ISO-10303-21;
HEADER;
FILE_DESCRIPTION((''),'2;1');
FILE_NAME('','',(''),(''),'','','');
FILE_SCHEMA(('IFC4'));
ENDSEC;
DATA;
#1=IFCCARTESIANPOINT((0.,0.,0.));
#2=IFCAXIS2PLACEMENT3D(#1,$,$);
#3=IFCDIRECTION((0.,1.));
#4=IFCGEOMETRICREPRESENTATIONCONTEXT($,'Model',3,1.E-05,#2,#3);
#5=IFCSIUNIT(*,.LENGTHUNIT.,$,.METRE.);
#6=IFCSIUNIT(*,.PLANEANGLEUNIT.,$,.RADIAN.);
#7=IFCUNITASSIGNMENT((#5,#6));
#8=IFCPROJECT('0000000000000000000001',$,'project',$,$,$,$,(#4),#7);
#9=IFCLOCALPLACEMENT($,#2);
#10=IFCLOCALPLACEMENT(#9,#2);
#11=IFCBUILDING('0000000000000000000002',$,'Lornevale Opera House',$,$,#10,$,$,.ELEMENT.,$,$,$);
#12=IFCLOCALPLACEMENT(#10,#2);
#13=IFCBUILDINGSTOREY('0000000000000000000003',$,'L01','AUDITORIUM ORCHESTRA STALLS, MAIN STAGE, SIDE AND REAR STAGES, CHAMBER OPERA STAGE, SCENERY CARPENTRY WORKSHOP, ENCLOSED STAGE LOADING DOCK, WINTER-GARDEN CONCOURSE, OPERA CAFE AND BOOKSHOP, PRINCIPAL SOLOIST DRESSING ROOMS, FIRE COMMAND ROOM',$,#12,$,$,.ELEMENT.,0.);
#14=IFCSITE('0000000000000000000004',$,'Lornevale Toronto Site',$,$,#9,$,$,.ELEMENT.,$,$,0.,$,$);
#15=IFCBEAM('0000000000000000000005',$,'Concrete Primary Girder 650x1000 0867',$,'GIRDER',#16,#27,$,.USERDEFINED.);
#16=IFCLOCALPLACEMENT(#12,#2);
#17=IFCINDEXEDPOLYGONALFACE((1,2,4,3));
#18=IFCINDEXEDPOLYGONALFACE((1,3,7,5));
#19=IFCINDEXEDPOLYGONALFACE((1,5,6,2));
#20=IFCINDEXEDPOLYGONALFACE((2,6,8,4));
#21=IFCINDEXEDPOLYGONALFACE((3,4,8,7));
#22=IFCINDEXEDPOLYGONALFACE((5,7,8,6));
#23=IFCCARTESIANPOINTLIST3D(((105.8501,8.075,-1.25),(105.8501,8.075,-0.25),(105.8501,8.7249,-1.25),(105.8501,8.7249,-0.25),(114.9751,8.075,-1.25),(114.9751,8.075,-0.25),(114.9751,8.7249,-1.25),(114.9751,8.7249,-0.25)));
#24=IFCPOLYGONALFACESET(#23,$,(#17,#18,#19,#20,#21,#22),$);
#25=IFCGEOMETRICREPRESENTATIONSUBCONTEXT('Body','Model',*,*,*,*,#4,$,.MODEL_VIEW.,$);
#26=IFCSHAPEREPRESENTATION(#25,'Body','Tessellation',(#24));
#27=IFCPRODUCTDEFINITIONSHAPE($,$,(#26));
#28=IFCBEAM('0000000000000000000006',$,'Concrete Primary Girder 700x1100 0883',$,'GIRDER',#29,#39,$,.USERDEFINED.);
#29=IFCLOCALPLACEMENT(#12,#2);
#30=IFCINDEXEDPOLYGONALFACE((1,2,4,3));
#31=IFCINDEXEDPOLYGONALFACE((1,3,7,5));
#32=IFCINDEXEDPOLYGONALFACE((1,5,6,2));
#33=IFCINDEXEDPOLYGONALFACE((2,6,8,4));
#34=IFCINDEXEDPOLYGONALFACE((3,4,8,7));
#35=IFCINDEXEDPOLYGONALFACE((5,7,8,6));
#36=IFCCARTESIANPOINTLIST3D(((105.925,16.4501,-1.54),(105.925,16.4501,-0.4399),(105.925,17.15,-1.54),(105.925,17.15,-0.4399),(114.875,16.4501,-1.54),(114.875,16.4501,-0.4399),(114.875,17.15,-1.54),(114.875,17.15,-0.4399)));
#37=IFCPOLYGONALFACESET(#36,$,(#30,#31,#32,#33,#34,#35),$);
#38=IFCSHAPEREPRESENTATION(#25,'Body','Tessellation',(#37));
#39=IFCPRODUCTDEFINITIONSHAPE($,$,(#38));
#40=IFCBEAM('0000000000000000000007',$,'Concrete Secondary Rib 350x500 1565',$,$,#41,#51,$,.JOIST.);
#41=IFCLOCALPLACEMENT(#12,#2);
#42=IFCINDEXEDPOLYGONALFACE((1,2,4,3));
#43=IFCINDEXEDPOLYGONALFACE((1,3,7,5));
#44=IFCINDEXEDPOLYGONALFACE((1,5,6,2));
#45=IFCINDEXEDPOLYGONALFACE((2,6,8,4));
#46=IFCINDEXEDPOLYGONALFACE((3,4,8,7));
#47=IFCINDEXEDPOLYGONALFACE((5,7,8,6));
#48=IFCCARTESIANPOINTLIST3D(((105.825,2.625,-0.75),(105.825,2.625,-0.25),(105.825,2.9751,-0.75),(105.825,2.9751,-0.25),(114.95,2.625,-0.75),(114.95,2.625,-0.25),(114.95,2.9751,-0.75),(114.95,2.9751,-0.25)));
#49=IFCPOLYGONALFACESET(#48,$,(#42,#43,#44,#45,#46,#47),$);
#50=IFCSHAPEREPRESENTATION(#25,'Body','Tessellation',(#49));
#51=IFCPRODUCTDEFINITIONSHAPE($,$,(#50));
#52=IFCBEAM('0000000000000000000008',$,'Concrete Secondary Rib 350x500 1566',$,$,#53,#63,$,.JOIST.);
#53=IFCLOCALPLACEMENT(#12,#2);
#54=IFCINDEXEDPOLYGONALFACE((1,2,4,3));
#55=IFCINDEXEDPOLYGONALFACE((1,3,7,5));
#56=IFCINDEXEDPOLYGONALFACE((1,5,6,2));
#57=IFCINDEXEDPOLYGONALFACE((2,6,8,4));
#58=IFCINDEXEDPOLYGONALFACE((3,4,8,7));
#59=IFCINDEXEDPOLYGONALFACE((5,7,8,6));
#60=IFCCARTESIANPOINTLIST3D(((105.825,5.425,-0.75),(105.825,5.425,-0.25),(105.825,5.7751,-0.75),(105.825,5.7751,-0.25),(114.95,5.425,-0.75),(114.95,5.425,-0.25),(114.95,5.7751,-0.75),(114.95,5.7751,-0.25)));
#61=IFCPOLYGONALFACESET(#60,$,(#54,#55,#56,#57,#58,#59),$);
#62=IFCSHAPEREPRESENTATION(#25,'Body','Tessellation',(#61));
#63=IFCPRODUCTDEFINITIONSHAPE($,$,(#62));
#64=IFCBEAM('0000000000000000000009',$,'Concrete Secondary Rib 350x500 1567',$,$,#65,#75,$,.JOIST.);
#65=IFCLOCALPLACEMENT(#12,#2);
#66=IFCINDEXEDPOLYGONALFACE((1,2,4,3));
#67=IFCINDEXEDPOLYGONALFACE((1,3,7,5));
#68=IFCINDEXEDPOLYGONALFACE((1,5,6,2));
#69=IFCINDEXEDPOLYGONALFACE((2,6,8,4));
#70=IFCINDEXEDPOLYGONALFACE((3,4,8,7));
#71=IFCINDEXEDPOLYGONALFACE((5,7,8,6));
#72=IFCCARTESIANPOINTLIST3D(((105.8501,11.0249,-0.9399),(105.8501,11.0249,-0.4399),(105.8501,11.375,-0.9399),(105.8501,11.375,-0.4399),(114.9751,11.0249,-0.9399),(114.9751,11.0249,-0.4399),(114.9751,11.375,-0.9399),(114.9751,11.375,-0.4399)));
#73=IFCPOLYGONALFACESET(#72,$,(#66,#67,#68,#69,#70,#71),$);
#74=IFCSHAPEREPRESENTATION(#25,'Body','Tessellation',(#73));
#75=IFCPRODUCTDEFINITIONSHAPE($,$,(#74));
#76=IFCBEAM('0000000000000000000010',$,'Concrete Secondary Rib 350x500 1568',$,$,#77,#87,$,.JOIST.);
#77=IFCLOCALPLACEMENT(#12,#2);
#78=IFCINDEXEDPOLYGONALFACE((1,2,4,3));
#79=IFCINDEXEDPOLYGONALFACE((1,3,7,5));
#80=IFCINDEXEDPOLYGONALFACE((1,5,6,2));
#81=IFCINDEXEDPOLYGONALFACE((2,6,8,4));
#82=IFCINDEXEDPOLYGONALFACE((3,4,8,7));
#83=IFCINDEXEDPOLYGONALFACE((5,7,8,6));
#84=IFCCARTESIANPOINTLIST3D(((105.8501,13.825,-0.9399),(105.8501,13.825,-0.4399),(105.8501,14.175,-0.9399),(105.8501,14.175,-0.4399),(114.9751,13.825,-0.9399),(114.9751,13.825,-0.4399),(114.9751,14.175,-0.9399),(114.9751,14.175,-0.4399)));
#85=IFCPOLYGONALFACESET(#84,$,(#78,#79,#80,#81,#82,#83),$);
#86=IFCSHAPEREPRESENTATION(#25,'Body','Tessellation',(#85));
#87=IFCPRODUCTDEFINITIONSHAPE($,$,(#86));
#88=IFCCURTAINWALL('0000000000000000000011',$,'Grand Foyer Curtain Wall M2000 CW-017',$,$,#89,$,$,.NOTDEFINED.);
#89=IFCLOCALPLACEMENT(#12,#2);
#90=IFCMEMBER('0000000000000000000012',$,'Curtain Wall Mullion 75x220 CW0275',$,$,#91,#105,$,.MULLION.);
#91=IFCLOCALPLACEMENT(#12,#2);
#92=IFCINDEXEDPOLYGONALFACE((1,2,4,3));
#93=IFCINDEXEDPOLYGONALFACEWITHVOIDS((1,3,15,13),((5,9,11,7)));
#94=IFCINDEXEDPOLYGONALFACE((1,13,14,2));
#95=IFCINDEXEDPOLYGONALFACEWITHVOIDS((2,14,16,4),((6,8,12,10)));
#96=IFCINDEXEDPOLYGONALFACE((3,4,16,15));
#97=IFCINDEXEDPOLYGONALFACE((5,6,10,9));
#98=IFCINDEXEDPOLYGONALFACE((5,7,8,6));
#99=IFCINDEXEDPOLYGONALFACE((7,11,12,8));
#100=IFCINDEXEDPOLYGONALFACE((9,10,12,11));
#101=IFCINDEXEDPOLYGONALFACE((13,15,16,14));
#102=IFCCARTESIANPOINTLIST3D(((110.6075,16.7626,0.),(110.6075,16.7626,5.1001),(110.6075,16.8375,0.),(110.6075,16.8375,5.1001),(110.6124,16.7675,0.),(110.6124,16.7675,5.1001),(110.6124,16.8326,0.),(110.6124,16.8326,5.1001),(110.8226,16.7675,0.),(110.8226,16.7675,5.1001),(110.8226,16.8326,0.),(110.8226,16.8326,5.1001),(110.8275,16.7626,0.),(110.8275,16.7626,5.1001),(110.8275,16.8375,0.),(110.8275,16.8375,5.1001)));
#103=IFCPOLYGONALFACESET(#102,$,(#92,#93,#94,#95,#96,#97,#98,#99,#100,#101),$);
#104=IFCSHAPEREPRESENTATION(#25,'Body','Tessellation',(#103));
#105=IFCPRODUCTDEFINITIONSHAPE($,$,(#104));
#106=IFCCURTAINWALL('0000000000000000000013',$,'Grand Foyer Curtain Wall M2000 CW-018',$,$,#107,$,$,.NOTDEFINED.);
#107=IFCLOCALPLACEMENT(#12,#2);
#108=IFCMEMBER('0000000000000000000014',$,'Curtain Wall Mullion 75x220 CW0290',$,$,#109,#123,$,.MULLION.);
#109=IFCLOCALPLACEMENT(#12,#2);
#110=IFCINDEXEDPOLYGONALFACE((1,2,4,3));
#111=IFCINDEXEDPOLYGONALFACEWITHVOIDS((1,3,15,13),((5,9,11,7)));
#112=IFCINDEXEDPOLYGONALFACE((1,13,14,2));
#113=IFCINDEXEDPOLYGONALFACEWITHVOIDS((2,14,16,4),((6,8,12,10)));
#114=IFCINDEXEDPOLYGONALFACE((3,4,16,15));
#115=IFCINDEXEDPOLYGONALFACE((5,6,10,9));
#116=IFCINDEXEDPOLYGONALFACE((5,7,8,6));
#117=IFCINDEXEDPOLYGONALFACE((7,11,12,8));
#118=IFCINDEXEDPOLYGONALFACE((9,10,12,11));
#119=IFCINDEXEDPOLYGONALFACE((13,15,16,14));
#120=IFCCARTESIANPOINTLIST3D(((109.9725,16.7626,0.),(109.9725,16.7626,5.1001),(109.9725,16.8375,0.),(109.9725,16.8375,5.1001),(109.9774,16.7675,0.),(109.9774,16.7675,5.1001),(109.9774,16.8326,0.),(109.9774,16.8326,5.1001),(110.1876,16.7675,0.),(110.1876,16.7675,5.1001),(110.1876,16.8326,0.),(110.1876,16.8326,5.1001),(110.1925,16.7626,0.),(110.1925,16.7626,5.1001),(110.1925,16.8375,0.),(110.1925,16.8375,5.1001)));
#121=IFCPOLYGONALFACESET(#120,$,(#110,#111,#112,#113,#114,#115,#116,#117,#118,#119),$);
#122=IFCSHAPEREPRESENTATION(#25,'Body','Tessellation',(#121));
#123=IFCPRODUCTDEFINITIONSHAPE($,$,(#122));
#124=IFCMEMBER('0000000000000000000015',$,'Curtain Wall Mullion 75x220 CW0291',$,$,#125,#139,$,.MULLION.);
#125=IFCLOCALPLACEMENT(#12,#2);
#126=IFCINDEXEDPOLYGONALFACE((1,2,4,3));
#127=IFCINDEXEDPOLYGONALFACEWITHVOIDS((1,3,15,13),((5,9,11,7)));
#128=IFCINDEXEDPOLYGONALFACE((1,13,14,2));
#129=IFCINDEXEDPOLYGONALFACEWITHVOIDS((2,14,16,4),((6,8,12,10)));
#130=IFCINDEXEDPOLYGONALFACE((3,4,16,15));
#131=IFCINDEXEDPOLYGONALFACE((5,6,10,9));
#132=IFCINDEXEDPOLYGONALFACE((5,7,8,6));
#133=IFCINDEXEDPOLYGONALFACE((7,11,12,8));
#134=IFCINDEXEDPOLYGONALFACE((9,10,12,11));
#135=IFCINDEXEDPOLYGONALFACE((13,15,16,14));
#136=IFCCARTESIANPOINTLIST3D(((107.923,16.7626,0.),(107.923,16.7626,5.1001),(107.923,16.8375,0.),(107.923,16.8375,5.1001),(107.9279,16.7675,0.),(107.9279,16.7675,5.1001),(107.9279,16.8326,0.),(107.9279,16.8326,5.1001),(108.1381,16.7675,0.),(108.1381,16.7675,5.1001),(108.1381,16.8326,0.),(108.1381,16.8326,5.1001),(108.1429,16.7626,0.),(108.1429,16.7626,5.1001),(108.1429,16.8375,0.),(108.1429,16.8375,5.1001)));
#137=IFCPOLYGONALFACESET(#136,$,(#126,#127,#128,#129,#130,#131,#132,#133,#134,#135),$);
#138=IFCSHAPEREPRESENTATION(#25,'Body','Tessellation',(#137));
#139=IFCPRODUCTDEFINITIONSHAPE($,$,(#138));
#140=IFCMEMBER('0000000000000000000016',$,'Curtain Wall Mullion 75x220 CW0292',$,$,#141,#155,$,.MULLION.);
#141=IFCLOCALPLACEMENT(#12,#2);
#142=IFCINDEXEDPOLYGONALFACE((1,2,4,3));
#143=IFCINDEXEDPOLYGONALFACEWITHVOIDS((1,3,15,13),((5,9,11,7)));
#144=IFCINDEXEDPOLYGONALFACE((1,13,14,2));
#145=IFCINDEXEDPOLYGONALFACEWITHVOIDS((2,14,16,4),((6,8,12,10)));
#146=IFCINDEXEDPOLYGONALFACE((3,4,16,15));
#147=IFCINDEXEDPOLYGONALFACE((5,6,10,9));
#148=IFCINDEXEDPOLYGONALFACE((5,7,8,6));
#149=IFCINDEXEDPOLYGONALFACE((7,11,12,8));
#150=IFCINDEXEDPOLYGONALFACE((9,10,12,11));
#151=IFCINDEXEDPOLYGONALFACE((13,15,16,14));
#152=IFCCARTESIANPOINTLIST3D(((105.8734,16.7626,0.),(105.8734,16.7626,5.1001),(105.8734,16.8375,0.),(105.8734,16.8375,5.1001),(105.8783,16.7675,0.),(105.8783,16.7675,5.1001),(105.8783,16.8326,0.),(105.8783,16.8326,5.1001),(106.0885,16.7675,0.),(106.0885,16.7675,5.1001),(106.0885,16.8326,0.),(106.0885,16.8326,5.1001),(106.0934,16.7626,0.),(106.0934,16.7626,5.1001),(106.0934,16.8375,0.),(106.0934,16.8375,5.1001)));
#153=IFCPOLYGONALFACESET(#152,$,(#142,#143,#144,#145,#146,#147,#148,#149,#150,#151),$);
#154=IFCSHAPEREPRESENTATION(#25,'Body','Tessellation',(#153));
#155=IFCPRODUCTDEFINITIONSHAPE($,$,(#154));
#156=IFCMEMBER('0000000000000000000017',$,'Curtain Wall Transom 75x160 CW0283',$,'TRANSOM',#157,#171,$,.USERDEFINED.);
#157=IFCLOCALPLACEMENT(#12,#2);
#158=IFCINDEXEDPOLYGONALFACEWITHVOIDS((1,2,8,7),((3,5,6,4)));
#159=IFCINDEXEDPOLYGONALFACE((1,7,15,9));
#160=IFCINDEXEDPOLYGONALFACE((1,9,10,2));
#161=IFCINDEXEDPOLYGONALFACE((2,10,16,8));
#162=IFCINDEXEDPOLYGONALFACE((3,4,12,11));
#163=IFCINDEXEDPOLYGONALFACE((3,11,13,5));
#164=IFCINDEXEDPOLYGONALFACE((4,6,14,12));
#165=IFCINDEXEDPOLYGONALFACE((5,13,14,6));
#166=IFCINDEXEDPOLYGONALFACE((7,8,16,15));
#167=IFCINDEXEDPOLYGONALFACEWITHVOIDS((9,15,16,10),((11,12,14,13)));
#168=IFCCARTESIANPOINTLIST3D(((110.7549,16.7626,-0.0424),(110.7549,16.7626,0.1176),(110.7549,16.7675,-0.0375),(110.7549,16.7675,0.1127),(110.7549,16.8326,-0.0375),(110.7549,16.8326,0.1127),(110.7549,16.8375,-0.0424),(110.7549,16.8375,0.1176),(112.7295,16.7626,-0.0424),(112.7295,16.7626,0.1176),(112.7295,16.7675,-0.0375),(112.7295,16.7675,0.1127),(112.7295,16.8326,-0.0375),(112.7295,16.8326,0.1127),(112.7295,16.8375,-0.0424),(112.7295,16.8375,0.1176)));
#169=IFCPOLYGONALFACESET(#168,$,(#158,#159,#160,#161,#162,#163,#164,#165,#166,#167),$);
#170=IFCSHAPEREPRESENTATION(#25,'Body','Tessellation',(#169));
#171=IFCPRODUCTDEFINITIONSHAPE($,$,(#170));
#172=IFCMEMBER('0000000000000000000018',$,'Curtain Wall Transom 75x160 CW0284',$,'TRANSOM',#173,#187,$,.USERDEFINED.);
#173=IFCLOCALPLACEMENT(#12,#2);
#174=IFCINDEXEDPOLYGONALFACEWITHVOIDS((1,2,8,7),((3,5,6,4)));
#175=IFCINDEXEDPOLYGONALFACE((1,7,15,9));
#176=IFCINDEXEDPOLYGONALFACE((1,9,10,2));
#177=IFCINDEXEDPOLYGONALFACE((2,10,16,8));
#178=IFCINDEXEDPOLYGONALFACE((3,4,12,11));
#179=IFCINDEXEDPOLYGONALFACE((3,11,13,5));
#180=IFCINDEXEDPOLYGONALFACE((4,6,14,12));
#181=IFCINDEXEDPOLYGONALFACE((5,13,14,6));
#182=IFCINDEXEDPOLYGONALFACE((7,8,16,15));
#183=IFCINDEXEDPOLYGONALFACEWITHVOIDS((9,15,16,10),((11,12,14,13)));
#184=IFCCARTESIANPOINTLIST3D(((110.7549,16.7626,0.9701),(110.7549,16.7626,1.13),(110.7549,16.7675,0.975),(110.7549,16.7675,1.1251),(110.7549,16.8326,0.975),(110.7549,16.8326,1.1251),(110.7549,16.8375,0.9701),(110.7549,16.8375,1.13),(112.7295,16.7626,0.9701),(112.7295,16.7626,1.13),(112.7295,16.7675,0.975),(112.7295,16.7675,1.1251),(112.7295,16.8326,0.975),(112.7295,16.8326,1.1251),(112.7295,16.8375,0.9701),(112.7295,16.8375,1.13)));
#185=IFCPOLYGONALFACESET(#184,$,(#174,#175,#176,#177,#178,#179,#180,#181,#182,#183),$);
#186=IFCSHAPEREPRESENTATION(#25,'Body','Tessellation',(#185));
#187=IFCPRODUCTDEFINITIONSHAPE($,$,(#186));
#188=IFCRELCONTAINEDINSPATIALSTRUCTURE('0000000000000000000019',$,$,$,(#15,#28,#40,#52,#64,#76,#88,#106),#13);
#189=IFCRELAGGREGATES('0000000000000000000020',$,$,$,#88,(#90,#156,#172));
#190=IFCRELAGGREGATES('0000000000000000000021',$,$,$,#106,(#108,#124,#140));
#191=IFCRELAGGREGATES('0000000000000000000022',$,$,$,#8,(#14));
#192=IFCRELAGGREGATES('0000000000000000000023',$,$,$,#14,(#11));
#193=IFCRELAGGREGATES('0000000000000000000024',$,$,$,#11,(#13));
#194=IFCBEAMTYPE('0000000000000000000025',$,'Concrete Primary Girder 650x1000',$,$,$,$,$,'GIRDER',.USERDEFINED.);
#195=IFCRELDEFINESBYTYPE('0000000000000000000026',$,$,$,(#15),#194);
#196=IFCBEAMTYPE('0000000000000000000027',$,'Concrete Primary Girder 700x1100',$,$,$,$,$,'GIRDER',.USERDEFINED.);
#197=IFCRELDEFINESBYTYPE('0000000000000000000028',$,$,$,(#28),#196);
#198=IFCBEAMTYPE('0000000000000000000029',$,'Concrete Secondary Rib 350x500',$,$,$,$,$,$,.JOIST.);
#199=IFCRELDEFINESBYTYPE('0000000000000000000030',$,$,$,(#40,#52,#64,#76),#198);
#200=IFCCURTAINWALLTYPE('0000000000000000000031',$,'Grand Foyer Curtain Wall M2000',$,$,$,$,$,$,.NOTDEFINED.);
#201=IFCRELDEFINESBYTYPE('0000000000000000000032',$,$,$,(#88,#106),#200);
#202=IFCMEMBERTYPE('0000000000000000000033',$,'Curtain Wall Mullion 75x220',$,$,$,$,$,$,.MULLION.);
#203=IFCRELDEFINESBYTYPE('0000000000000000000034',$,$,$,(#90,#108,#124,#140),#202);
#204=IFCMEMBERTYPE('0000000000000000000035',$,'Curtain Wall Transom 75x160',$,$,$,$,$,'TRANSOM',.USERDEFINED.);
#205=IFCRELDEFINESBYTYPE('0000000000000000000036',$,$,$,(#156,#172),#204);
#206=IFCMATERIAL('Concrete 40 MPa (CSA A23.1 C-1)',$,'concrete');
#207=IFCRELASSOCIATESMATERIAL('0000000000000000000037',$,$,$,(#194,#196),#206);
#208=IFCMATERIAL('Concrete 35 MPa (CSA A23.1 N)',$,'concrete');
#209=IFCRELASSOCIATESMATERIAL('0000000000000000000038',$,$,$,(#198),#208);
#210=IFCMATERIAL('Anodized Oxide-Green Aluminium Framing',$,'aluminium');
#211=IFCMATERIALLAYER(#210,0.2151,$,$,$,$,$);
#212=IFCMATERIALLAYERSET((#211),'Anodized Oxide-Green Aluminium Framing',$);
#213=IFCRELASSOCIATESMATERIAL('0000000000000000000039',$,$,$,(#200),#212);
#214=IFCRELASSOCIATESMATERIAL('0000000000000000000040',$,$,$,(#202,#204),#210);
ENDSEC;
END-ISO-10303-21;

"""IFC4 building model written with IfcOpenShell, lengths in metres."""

from ifc_helpers import new_model, si_unit, direction, frame, origin, origin_2d, place, context, subcontext, project, spatial, rectangle, hollow_rectangle, extrude, material, layer, layer_set, material_profile, profile_set, type_object, element, aggregate, save


model = new_model("IFC4")

# Units and contexts
model_context = context("Model", 3, precision=1e-05, world=origin(), true_north=direction((0.0, 1.0)))
body_context = subcontext(model_context, "Body", "Model", "MODEL_VIEW")
ifc_project = project(units=[si_unit("LENGTHUNIT", "METRE"), si_unit("PLANEANGLEUNIT", "RADIAN")], contexts=[model_context])

# Site, building, storey
site_placement = place(None, origin())
site = spatial("IfcSite", under=ifc_project, at=site_placement, Name="Lornevale Toronto Site", CompositionType="ELEMENT", RefElevation=0.0)
building_placement = place(site_placement, origin())
building = spatial("IfcBuilding", under=site, at=building_placement, Name="Lornevale Opera House", CompositionType="ELEMENT")
storey_placement = place(building_placement, origin())
storey = spatial("IfcBuildingStorey", under=building, at=storey_placement, Name="L01", Description="AUDITORIUM ORCHESTRA STALLS, MAIN STAGE, SIDE AND REAR STAGES, CHAMBER OPERA STAGE, SCENERY CARPENTRY WORKSHOP, ENCLOSED STAGE LOADING DOCK, WINTER-GARDEN CONCOURSE, OPERA CAFE AND BOOKSHOP, PRINCIPAL SOLOIST DRESSING ROOMS, FIRE COMMAND ROOM", CompositionType="ELEMENT", Elevation=0.0)

# Beams
ifc_material_1 = material(Name="Concrete 40 MPa (CSA A23.1 C-1)", Category="concrete")
ifc_material_profile_1 = material_profile(ifc_material_1, rectangle(XDim=0.6499, YDim=1.0, at=origin_2d()), Name="RC650x1000")
ifc_profile_set_1 = profile_set([ifc_material_profile_1], Name="Concrete 40 MPa (CSA A23.1 C-1)")
beam_type_1 = type_object("IfcBeamType", Name="Concrete Primary Girder 650x1000", ElementType="GIRDER", PredefinedType="USERDEFINED", material=ifc_profile_set_1)
beam_1_placement = place(storey_placement, frame((105.8501, 8.3999, -0.75), z_axis=(1.0, 0.0, 0.0), x_axis=(0.0, 1.0, 0.0)))
element("IfcBeam", 1, at=beam_1_placement, inside=storey, type_object=beam_type_1, Name="Concrete Primary Girder 650x1000 0867", ObjectType="GIRDER", PredefinedType="USERDEFINED", context=body_context, shape_type="SweptSolid", body=[
    extrude(rectangle(XDim=0.6499, YDim=1.0, at=origin_2d()), origin(), (0.0, 0.0, 1.0), 9.125),
])
ifc_material_profile_2 = material_profile(ifc_material_1, rectangle(XDim=0.7, YDim=1.1001, at=origin_2d()), Name="RC700x1100")
ifc_profile_set_2 = profile_set([ifc_material_profile_2], Name="Concrete 40 MPa (CSA A23.1 C-1)")
beam_type_2 = type_object("IfcBeamType", Name="Concrete Primary Girder 700x1100", ElementType="GIRDER", PredefinedType="USERDEFINED", material=ifc_profile_set_2)
beam_2_placement = place(storey_placement, frame((105.925, 16.8, -0.99), z_axis=(1.0, 0.0, 0.0), x_axis=(0.0, 1.0, 0.0)))
element("IfcBeam", 2, at=beam_2_placement, inside=storey, type_object=beam_type_2, Name="Concrete Primary Girder 700x1100 0883", ObjectType="GIRDER", PredefinedType="USERDEFINED", context=body_context, shape_type="SweptSolid", body=[
    extrude(rectangle(XDim=0.7, YDim=1.1001, at=origin_2d()), origin(), (0.0, 0.0, 1.0), 8.95),
])
ifc_material_2 = material(Name="Concrete 35 MPa (CSA A23.1 N)", Category="concrete")
ifc_material_profile_3 = material_profile(ifc_material_2, rectangle(XDim=0.3501, YDim=0.5, at=origin_2d()), Name="RC350x500")
ifc_profile_set_3 = profile_set([ifc_material_profile_3], Name="Concrete 35 MPa (CSA A23.1 N)")
beam_type_3 = type_object("IfcBeamType", Name="Concrete Secondary Rib 350x500", PredefinedType="JOIST", material=ifc_profile_set_3)
for number, where, z_axis, x_axis, name in (
    (3, (105.825, 2.8, -0.5), (1.0, 0.0, 0.0), (0.0, 1.0, 0.0), "Concrete Secondary Rib 350x500 1565"),
    (4, (105.825, 5.6001, -0.5), (1.0, 0.0, 0.0), (0.0, 1.0, 0.0), "Concrete Secondary Rib 350x500 1566"),
    (5, (105.8501, 11.2, -0.6899), (1.0, 0.0, 0.0), (0.0, 1.0, 0.0), "Concrete Secondary Rib 350x500 1567"),
    (6, (105.8501, 14.0, -0.6899), (1.0, 0.0, 0.0), (0.0, 1.0, 0.0), "Concrete Secondary Rib 350x500 1568"),
):
    element("IfcBeam", number, at=place(storey_placement, frame(where, z_axis=z_axis, x_axis=x_axis)), inside=storey, type_object=beam_type_3, Name=name, PredefinedType="JOIST", context=body_context, shape_type="SweptSolid", body=[
        extrude(rectangle(XDim=0.3501, YDim=0.5, at=origin_2d()), origin(), (0.0, 0.0, 1.0), 9.125),
    ])

# Curtain wall, member
ifc_material_3 = material(Name="Anodized Oxide-Green Aluminium Framing", Category="aluminium")
ifc_layer_1 = layer(ifc_material_3, 0.2151)
ifc_layer_set_1 = layer_set([ifc_layer_1], Name="Anodized Oxide-Green Aluminium Framing")
curtain_wall_type = type_object("IfcCurtainWallType", Name="Grand Foyer Curtain Wall M2000", PredefinedType="NOTDEFINED", material=ifc_layer_set_1)
curtain_wall_1_placement = place(storey_placement, origin())
curtain_wall_1 = element("IfcCurtainWall", 7, at=curtain_wall_1_placement, inside=storey, type_object=curtain_wall_type, Name="Grand Foyer Curtain Wall M2000 CW-017", PredefinedType="NOTDEFINED")
ifc_material_profile_4 = material_profile(ifc_material_3, hollow_rectangle(XDim=0.075, YDim=0.22, WallThickness=0.0049, at=origin_2d()), Name="ALU75x220x5")
ifc_profile_set_4 = profile_set([ifc_material_profile_4], Name="Anodized Oxide-Green Aluminium Framing")
member_type_1 = type_object("IfcMemberType", Name="Curtain Wall Mullion 75x220", PredefinedType="MULLION", material=ifc_profile_set_4)
member_1_placement = place(storey_placement, frame((110.7175, 16.8, 0.0), z_axis=(0.0, 0.0, 1.0), x_axis=(0.0, -1.0, 0.0)))
member_1 = element("IfcMember", 8, at=member_1_placement, type_object=member_type_1, Name="Curtain Wall Mullion 75x220 CW0275", PredefinedType="MULLION", context=body_context, shape_type="SweptSolid", body=[
    extrude(hollow_rectangle(XDim=0.075, YDim=0.22, WallThickness=0.0049, at=origin_2d()), origin(), (0.0, 0.0, 1.0), 5.1001),
])

# Curtain wall, members
curtain_wall_2_placement = place(storey_placement, origin())
curtain_wall_2 = element("IfcCurtainWall", 9, at=curtain_wall_2_placement, inside=storey, type_object=curtain_wall_type, Name="Grand Foyer Curtain Wall M2000 CW-018", PredefinedType="NOTDEFINED")
member_2_placement = place(storey_placement, frame((110.0825, 16.8, 0.0), z_axis=(0.0, 0.0, 1.0), x_axis=(0.0, -1.0, 0.0)))
member_2 = element("IfcMember", 10, at=member_2_placement, type_object=member_type_1, Name="Curtain Wall Mullion 75x220 CW0290", PredefinedType="MULLION", context=body_context, shape_type="SweptSolid", body=[
    extrude(hollow_rectangle(XDim=0.075, YDim=0.22, WallThickness=0.0049, at=origin_2d()), origin(), (0.0, 0.0, 1.0), 5.1001),
])
member_3_placement = place(storey_placement, frame((108.033, 16.8, 0.0), z_axis=(0.0, 0.0, 1.0), x_axis=(0.0, -1.0, 0.0)))
member_3 = element("IfcMember", 11, at=member_3_placement, type_object=member_type_1, Name="Curtain Wall Mullion 75x220 CW0291", PredefinedType="MULLION", context=body_context, shape_type="SweptSolid", body=[
    extrude(hollow_rectangle(XDim=0.075, YDim=0.22, WallThickness=0.0049, at=origin_2d()), origin(), (0.0, 0.0, 1.0), 5.1001),
])
member_4_placement = place(storey_placement, frame((105.9834, 16.8, 0.0), z_axis=(0.0, 0.0, 1.0), x_axis=(0.0, -1.0, 0.0)))
member_4 = element("IfcMember", 12, at=member_4_placement, type_object=member_type_1, Name="Curtain Wall Mullion 75x220 CW0292", PredefinedType="MULLION", context=body_context, shape_type="SweptSolid", body=[
    extrude(hollow_rectangle(XDim=0.075, YDim=0.22, WallThickness=0.0049, at=origin_2d()), origin(), (0.0, 0.0, 1.0), 5.1001),
])

# Members
ifc_material_profile_5 = material_profile(ifc_material_3, hollow_rectangle(XDim=0.075, YDim=0.1599, WallThickness=0.0049, at=origin_2d()), Name="ALU75x160x5")
ifc_profile_set_5 = profile_set([ifc_material_profile_5], Name="Anodized Oxide-Green Aluminium Framing")
member_type_2 = type_object("IfcMemberType", Name="Curtain Wall Transom 75x160", ElementType="TRANSOM", PredefinedType="USERDEFINED", material=ifc_profile_set_5)
member_5_placement = place(storey_placement, frame((112.7295, 16.8, 0.0376), z_axis=(-1.0, 0.0, 0.0), x_axis=(0.0, -1.0, 0.0)))
member_5 = element("IfcMember", 13, at=member_5_placement, type_object=member_type_2, Name="Curtain Wall Transom 75x160 CW0283", ObjectType="TRANSOM", PredefinedType="USERDEFINED", context=body_context, shape_type="SweptSolid", body=[
    extrude(hollow_rectangle(XDim=0.075, YDim=0.1599, WallThickness=0.0049, at=origin_2d()), origin(), (0.0, 0.0, 1.0), 1.9746),
])
member_6_placement = place(storey_placement, frame((112.7295, 16.8, 1.05), z_axis=(-1.0, 0.0, 0.0), x_axis=(0.0, -1.0, 0.0)))
member_6 = element("IfcMember", 14, at=member_6_placement, type_object=member_type_2, Name="Curtain Wall Transom 75x160 CW0284", ObjectType="TRANSOM", PredefinedType="USERDEFINED", context=body_context, shape_type="SweptSolid", body=[
    extrude(hollow_rectangle(XDim=0.075, YDim=0.1599, WallThickness=0.0049, at=origin_2d()), origin(), (0.0, 0.0, 1.0), 1.9746),
])

aggregate(curtain_wall_1, [member_1, member_5, member_6])
aggregate(curtain_wall_2, [member_2, member_3, member_4])

save(model, "model.ifc")
